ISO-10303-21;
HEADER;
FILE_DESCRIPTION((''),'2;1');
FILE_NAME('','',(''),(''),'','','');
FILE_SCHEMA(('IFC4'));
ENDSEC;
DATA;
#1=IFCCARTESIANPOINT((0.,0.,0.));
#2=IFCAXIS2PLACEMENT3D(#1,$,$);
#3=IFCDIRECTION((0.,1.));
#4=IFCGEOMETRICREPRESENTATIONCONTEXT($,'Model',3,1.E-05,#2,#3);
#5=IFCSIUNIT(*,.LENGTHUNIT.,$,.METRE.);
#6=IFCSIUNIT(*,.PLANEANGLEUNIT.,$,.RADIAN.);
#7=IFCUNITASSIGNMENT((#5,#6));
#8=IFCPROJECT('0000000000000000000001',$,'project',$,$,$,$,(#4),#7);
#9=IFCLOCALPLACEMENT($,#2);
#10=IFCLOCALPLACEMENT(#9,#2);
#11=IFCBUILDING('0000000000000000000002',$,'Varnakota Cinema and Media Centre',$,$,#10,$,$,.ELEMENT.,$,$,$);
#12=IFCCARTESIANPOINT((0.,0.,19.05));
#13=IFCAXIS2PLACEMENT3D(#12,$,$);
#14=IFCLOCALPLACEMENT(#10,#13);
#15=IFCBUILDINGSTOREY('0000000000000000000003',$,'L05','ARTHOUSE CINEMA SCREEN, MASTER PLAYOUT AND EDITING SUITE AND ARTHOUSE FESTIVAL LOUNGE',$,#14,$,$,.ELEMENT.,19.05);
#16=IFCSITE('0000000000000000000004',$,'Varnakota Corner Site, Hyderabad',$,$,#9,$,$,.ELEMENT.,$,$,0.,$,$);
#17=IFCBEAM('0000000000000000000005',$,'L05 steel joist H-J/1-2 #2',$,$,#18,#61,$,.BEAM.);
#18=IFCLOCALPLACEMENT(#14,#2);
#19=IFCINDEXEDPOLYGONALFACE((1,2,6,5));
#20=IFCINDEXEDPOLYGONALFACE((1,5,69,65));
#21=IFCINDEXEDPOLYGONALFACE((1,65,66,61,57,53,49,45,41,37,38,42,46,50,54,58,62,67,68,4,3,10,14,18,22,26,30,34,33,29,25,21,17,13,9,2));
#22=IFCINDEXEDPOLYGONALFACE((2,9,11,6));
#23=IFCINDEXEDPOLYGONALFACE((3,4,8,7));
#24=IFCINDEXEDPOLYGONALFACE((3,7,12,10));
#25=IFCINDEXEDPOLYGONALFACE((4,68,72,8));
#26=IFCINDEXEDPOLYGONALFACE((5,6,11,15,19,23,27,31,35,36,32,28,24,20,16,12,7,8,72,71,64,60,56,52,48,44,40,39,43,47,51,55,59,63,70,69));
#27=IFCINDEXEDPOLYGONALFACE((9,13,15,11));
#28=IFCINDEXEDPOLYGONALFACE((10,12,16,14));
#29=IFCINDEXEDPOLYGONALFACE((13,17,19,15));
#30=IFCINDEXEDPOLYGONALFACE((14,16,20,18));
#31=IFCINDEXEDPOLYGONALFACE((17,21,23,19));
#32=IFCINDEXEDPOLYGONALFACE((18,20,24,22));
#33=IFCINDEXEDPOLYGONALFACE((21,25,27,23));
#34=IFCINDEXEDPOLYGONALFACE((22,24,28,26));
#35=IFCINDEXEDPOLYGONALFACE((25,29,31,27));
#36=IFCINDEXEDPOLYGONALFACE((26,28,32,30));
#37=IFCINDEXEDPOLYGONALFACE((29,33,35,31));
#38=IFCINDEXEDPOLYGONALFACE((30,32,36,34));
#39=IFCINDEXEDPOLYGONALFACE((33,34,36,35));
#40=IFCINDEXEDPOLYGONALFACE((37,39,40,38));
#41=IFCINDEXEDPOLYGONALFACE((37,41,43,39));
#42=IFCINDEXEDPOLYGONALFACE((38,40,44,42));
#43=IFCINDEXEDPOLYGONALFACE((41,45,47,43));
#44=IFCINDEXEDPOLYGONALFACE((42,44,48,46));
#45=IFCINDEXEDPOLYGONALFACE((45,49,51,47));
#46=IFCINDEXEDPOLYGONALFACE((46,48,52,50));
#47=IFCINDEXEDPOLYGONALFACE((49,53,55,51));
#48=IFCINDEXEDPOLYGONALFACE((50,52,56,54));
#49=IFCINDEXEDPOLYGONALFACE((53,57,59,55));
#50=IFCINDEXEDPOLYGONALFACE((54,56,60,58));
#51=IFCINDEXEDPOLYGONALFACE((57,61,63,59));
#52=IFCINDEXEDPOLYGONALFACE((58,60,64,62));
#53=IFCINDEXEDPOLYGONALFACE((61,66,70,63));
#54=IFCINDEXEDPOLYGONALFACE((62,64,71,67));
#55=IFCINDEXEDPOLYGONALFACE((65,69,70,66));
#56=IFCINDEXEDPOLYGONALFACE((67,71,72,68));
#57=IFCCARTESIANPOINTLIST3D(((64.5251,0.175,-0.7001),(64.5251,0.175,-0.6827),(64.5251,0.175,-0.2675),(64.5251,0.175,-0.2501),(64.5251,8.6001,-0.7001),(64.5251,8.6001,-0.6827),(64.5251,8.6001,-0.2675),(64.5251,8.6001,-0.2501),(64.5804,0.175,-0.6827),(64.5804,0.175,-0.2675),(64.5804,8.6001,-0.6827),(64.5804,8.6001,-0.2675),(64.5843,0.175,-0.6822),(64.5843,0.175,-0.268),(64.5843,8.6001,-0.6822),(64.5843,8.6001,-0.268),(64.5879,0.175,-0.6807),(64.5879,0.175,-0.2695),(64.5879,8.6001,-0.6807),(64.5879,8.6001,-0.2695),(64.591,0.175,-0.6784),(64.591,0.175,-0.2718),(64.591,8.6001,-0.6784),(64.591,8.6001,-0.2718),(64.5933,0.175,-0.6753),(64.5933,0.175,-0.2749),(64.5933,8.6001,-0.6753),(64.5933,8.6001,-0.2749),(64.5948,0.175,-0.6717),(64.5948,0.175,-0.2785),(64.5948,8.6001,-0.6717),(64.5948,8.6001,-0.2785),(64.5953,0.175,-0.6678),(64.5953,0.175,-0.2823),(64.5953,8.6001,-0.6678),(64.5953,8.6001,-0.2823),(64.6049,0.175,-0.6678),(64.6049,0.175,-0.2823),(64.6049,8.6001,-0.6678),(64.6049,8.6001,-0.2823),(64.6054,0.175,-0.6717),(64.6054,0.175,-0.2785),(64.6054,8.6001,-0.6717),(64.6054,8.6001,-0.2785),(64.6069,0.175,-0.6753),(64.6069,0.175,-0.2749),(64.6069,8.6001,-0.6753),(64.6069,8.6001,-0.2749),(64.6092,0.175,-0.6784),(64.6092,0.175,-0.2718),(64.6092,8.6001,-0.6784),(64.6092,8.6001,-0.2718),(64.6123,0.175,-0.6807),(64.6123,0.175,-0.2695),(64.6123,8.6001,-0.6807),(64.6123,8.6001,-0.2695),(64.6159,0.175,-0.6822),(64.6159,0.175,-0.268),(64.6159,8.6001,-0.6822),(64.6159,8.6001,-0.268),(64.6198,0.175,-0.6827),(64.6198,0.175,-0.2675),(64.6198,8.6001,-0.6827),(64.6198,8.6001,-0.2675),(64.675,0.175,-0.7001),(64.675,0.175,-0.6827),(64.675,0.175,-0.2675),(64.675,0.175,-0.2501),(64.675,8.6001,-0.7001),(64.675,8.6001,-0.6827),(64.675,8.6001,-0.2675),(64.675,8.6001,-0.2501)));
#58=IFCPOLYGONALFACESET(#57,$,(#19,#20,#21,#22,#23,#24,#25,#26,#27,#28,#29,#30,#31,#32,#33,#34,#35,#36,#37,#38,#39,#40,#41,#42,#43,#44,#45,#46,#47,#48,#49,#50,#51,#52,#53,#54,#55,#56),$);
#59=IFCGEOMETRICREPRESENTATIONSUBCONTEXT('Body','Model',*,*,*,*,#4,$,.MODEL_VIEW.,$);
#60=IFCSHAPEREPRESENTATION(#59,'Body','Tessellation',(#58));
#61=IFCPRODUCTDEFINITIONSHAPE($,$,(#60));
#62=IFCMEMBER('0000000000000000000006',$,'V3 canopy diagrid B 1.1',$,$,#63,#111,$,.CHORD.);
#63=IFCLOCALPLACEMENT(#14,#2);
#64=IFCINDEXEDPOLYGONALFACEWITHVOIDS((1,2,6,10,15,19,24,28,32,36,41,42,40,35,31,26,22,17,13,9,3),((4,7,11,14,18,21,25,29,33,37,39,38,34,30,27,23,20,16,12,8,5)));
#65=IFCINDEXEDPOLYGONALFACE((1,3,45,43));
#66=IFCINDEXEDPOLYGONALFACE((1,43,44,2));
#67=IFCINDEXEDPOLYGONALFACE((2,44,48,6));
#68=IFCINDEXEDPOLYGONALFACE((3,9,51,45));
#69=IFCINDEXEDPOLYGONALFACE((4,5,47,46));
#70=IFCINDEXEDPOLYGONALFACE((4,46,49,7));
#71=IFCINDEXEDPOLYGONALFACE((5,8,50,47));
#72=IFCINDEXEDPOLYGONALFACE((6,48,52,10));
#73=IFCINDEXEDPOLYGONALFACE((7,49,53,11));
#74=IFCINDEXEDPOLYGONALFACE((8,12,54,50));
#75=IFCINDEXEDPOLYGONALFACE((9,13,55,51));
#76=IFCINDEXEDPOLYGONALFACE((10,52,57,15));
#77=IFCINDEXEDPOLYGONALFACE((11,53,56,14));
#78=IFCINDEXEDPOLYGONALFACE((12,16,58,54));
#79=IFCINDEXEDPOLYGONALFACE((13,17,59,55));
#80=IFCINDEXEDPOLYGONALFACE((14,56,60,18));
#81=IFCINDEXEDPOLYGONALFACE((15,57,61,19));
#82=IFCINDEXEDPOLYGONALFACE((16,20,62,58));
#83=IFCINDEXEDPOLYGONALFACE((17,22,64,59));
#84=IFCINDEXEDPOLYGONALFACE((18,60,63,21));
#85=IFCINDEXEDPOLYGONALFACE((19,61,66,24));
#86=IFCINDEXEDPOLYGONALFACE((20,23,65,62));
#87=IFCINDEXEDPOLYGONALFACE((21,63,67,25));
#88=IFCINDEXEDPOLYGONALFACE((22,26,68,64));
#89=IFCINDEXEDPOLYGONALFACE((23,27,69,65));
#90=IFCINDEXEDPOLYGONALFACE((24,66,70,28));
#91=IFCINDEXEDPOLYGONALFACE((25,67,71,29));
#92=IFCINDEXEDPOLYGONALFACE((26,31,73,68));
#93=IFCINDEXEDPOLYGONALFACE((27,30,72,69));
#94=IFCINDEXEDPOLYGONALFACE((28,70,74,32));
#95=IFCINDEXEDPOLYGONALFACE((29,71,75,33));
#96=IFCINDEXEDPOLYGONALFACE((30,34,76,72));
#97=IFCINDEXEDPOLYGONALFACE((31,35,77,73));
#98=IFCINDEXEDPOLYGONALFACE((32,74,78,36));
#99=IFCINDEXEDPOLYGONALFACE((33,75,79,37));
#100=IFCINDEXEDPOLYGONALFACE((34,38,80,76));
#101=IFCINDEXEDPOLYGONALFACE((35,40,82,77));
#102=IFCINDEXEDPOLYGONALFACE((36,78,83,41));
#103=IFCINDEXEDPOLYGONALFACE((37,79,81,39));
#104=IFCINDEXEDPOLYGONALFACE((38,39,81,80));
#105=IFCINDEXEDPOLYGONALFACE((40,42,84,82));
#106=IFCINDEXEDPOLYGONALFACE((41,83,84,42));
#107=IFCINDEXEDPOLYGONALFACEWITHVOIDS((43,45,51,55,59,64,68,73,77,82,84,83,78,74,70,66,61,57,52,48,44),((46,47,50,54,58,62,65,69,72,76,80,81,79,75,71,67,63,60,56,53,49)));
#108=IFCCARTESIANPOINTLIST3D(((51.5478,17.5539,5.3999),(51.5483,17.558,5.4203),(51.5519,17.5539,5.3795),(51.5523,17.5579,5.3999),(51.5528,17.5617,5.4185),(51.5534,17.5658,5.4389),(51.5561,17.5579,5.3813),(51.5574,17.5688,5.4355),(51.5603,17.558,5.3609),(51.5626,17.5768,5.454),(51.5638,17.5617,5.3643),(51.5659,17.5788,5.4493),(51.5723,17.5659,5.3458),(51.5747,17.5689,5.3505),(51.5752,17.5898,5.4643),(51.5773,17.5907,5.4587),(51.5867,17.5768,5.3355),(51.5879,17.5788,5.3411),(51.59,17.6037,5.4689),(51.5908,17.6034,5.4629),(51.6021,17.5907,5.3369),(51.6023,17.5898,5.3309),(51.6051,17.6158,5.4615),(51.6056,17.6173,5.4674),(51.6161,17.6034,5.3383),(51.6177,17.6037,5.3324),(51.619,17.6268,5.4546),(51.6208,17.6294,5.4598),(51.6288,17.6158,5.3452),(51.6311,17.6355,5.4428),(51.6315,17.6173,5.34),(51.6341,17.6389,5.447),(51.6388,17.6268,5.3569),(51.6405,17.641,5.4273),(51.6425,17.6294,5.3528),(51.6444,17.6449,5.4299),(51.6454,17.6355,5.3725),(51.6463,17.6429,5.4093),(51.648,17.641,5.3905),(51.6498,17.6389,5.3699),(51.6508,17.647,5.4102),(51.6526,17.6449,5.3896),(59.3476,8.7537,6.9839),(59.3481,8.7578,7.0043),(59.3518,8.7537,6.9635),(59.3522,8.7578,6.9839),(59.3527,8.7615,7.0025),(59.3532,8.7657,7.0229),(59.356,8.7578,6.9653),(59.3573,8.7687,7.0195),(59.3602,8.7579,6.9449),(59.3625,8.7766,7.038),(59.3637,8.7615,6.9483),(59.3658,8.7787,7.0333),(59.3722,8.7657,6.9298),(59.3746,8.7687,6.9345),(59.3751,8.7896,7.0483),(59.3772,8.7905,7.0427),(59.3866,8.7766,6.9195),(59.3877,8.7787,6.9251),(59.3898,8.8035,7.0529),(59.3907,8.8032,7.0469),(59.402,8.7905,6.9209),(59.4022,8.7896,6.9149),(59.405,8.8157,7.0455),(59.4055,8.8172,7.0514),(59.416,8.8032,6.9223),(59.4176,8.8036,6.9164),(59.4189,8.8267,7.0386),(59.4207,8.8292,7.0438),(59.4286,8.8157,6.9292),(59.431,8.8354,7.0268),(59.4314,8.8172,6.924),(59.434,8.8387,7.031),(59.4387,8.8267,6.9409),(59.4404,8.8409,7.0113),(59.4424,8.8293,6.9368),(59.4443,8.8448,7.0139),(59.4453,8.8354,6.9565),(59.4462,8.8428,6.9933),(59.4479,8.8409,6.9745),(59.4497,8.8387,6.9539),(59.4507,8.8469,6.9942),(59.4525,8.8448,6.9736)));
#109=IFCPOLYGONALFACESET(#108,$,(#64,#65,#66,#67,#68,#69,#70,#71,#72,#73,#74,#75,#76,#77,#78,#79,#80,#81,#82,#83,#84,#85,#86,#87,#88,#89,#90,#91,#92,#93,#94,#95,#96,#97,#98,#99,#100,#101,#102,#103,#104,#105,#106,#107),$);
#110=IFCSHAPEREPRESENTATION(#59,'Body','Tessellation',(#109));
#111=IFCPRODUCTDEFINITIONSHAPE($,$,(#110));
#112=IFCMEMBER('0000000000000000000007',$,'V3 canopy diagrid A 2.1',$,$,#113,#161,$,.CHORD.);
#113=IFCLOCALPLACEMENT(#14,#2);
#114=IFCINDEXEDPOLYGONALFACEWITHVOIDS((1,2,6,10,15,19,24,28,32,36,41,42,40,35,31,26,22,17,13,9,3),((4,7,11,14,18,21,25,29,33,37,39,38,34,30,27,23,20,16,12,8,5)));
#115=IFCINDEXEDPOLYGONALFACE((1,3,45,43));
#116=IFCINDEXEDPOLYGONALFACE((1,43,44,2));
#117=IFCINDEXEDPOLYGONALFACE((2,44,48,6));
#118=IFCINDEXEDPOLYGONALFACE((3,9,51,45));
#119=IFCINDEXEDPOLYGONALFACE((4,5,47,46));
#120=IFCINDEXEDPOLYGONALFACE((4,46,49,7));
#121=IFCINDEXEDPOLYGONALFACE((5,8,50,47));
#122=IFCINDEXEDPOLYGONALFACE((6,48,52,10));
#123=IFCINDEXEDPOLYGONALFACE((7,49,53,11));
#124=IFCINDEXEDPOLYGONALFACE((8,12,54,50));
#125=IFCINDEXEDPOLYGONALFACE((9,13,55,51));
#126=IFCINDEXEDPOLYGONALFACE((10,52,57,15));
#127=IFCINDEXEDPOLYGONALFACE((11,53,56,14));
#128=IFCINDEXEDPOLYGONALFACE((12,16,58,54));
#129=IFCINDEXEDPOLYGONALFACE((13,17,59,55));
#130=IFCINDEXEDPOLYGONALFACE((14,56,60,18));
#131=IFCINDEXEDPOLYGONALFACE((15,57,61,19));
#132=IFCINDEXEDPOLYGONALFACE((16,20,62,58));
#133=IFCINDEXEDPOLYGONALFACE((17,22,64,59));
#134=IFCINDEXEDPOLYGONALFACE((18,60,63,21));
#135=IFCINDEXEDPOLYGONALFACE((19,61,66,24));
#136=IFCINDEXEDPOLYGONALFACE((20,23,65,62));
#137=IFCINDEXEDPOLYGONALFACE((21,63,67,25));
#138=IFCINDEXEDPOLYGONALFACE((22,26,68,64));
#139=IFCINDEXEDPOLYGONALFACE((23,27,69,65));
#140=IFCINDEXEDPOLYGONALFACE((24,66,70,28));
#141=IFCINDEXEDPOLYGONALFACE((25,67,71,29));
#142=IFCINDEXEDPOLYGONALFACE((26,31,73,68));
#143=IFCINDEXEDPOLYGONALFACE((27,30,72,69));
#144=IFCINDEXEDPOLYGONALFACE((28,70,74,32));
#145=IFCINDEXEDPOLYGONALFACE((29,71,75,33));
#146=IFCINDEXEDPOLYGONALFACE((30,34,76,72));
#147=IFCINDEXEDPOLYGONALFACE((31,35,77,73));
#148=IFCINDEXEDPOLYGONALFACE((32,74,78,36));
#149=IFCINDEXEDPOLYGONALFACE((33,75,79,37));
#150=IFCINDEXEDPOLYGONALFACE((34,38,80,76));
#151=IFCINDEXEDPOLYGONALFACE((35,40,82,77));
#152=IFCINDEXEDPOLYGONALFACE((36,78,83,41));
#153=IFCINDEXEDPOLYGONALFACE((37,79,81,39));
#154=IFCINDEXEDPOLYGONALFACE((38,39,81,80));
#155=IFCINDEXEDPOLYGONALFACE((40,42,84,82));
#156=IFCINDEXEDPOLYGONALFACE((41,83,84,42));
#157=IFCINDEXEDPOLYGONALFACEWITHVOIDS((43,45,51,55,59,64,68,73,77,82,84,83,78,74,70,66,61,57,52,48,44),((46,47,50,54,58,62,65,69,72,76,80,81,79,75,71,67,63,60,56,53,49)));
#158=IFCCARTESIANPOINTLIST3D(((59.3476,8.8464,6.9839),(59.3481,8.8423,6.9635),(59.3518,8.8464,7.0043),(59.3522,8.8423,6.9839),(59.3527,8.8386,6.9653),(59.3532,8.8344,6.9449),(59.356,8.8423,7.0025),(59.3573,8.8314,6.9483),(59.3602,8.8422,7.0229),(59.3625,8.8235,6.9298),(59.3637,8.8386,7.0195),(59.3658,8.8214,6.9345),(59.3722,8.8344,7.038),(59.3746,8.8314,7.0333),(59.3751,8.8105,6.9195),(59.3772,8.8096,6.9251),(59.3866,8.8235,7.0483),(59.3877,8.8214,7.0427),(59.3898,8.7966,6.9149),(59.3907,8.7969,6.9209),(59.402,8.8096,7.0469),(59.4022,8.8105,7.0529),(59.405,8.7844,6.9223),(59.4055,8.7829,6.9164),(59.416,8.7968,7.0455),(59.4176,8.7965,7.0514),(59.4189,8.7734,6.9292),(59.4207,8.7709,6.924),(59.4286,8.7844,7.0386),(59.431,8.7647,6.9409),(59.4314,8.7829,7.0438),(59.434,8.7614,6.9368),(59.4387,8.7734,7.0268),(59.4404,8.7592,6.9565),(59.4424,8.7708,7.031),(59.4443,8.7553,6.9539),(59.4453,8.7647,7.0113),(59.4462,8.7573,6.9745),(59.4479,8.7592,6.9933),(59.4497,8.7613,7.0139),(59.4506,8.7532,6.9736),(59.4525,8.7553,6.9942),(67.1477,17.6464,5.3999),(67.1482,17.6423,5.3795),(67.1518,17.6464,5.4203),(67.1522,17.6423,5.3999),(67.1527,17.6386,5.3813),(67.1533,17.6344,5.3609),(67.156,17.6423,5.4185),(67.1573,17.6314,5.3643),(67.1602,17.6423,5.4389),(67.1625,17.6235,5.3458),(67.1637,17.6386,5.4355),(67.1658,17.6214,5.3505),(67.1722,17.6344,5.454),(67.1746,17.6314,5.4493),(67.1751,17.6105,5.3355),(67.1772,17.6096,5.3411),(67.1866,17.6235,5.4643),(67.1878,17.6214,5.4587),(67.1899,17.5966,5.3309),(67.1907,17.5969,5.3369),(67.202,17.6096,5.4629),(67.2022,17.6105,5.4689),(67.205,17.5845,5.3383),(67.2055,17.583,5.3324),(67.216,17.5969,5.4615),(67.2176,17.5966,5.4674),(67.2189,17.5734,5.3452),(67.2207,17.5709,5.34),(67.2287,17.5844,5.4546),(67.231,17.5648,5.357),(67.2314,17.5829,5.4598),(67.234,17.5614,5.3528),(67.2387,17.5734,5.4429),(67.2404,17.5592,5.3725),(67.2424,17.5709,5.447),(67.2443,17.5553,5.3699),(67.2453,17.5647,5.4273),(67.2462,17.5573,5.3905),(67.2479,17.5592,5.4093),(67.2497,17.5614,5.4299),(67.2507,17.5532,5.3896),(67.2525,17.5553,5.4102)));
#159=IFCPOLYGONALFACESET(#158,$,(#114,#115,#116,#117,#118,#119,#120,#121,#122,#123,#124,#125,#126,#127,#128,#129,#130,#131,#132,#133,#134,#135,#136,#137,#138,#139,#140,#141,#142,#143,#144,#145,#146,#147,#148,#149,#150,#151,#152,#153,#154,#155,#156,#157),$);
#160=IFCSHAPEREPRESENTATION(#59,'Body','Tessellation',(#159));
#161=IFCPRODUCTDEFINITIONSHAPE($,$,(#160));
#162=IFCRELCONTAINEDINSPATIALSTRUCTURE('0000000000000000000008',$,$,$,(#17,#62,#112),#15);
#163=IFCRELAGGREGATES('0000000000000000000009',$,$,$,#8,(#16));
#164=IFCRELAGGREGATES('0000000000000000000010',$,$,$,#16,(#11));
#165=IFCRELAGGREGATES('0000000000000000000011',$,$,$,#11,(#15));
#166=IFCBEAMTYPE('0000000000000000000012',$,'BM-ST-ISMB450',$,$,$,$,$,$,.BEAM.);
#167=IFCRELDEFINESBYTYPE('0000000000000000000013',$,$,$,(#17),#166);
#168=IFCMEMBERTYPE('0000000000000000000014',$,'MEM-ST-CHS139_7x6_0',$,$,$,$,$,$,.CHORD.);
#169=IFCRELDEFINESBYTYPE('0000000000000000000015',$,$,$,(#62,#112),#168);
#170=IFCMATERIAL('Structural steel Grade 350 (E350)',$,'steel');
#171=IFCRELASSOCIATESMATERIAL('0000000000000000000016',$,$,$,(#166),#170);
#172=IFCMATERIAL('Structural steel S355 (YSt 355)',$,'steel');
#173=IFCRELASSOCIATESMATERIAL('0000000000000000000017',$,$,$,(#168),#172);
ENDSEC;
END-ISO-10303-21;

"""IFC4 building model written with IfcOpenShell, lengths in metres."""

from ifc_helpers import new_model, si_unit, direction, frame, origin, origin_2d, place, context, subcontext, project, spatial, hollow_circle, i_section, extrude, material, material_profile, profile_set, type_object, element, save


model = new_model("IFC4")

# Units and contexts
model_context = context("Model", 3, precision=1e-05, world=origin(), true_north=direction((0.0, 1.0)))
body_context = subcontext(model_context, "Body", "Model", "MODEL_VIEW")
ifc_project = project(units=[si_unit("LENGTHUNIT", "METRE"), si_unit("PLANEANGLEUNIT", "RADIAN")], contexts=[model_context])

# Site, building, storey
site_placement = place(None, origin())
site = spatial("IfcSite", under=ifc_project, at=site_placement, Name="Varnakota Corner Site, Hyderabad", CompositionType="ELEMENT", RefElevation=0.0)
building_placement = place(site_placement, origin())
building = spatial("IfcBuilding", under=site, at=building_placement, Name="Varnakota Cinema and Media Centre", CompositionType="ELEMENT")
storey_placement = place(building_placement, frame((0.0, 0.0, 19.05)))
storey = spatial("IfcBuildingStorey", under=building, at=storey_placement, Name="L05", Description="ARTHOUSE CINEMA SCREEN, MASTER PLAYOUT AND EDITING SUITE AND ARTHOUSE FESTIVAL LOUNGE", CompositionType="ELEMENT", Elevation=19.05)

# Beam
ifc_material_1 = material(Name="Structural steel Grade 350 (E350)", Category="steel")
ifc_material_profile_1 = material_profile(ifc_material_1, i_section(OverallWidth=0.1499, OverallDepth=0.45, WebThickness=0.0095, FlangeThickness=0.0173, FilletRadius=0.0149, at=origin_2d()), Name="ISMB 450")
ifc_profile_set_1 = profile_set([ifc_material_profile_1], Name="Structural steel Grade 350 (E350)")
beam_type_1 = type_object("IfcBeamType", Name="BM-ST-ISMB450", PredefinedType="BEAM", material=ifc_profile_set_1)
for number, where, z_axis, x_axis, name in (
    (1, (64.6001, 0.175, -0.4751), (0.0, 1.0, 0.0), (-1.0, 0.0, 0.0), "L05 steel joist H-J/1-2 #2"),
):
    element("IfcBeam", number, at=place(storey_placement, frame(where, z_axis=z_axis, x_axis=x_axis)), inside=storey, type_object=beam_type_1, Name=name, PredefinedType="BEAM", context=body_context, shape_type="SweptSolid", body=[
        extrude(i_section(OverallWidth=0.1499, OverallDepth=0.45, WebThickness=0.0095, FlangeThickness=0.0173, FilletRadius=0.0149, at=origin_2d()), origin(), (0.0, 0.0, 1.0), 8.425),
    ])

# Members
ifc_material_2 = material(Name="Structural steel S355 (YSt 355)", Category="steel")
ifc_material_profile_2 = material_profile(ifc_material_2, hollow_circle(Radius=0.0698, WallThickness=0.0061, at=origin_2d()), Name="CHS 139.7x6.0")
ifc_profile_set_2 = profile_set([ifc_material_profile_2], Name="Structural steel S355 (YSt 355)")
member_type_1 = type_object("IfcMemberType", Name="MEM-ST-CHS139_7x6_0", PredefinedType="CHORD", material=ifc_profile_set_2)
for number, where, z_axis, x_axis, name in (
    (2, (59.3999, 8.8, 6.9839), (-0.657359, 0.741659, -0.133497), (-0.748357, -0.663296, 0.0), "V3 canopy diagrid B 1.1"),
    (3, (59.3999, 8.8, 6.9839), (0.657371, 0.741649, -0.133495), (-0.748347, 0.663308, 0.0), "V3 canopy diagrid A 2.1"),
):
    element("IfcMember", number, at=place(storey_placement, frame(where, z_axis=z_axis, x_axis=x_axis)), inside=storey, type_object=member_type_1, Name=name, PredefinedType="CHORD", context=body_context, shape_type="SweptSolid", body=[
        extrude(hollow_circle(Radius=0.0698, WallThickness=0.0061, at=origin_2d()), origin(), (0.0, 0.0, 1.0), 11.8655),
    ])

save(model, "model.ifc")
